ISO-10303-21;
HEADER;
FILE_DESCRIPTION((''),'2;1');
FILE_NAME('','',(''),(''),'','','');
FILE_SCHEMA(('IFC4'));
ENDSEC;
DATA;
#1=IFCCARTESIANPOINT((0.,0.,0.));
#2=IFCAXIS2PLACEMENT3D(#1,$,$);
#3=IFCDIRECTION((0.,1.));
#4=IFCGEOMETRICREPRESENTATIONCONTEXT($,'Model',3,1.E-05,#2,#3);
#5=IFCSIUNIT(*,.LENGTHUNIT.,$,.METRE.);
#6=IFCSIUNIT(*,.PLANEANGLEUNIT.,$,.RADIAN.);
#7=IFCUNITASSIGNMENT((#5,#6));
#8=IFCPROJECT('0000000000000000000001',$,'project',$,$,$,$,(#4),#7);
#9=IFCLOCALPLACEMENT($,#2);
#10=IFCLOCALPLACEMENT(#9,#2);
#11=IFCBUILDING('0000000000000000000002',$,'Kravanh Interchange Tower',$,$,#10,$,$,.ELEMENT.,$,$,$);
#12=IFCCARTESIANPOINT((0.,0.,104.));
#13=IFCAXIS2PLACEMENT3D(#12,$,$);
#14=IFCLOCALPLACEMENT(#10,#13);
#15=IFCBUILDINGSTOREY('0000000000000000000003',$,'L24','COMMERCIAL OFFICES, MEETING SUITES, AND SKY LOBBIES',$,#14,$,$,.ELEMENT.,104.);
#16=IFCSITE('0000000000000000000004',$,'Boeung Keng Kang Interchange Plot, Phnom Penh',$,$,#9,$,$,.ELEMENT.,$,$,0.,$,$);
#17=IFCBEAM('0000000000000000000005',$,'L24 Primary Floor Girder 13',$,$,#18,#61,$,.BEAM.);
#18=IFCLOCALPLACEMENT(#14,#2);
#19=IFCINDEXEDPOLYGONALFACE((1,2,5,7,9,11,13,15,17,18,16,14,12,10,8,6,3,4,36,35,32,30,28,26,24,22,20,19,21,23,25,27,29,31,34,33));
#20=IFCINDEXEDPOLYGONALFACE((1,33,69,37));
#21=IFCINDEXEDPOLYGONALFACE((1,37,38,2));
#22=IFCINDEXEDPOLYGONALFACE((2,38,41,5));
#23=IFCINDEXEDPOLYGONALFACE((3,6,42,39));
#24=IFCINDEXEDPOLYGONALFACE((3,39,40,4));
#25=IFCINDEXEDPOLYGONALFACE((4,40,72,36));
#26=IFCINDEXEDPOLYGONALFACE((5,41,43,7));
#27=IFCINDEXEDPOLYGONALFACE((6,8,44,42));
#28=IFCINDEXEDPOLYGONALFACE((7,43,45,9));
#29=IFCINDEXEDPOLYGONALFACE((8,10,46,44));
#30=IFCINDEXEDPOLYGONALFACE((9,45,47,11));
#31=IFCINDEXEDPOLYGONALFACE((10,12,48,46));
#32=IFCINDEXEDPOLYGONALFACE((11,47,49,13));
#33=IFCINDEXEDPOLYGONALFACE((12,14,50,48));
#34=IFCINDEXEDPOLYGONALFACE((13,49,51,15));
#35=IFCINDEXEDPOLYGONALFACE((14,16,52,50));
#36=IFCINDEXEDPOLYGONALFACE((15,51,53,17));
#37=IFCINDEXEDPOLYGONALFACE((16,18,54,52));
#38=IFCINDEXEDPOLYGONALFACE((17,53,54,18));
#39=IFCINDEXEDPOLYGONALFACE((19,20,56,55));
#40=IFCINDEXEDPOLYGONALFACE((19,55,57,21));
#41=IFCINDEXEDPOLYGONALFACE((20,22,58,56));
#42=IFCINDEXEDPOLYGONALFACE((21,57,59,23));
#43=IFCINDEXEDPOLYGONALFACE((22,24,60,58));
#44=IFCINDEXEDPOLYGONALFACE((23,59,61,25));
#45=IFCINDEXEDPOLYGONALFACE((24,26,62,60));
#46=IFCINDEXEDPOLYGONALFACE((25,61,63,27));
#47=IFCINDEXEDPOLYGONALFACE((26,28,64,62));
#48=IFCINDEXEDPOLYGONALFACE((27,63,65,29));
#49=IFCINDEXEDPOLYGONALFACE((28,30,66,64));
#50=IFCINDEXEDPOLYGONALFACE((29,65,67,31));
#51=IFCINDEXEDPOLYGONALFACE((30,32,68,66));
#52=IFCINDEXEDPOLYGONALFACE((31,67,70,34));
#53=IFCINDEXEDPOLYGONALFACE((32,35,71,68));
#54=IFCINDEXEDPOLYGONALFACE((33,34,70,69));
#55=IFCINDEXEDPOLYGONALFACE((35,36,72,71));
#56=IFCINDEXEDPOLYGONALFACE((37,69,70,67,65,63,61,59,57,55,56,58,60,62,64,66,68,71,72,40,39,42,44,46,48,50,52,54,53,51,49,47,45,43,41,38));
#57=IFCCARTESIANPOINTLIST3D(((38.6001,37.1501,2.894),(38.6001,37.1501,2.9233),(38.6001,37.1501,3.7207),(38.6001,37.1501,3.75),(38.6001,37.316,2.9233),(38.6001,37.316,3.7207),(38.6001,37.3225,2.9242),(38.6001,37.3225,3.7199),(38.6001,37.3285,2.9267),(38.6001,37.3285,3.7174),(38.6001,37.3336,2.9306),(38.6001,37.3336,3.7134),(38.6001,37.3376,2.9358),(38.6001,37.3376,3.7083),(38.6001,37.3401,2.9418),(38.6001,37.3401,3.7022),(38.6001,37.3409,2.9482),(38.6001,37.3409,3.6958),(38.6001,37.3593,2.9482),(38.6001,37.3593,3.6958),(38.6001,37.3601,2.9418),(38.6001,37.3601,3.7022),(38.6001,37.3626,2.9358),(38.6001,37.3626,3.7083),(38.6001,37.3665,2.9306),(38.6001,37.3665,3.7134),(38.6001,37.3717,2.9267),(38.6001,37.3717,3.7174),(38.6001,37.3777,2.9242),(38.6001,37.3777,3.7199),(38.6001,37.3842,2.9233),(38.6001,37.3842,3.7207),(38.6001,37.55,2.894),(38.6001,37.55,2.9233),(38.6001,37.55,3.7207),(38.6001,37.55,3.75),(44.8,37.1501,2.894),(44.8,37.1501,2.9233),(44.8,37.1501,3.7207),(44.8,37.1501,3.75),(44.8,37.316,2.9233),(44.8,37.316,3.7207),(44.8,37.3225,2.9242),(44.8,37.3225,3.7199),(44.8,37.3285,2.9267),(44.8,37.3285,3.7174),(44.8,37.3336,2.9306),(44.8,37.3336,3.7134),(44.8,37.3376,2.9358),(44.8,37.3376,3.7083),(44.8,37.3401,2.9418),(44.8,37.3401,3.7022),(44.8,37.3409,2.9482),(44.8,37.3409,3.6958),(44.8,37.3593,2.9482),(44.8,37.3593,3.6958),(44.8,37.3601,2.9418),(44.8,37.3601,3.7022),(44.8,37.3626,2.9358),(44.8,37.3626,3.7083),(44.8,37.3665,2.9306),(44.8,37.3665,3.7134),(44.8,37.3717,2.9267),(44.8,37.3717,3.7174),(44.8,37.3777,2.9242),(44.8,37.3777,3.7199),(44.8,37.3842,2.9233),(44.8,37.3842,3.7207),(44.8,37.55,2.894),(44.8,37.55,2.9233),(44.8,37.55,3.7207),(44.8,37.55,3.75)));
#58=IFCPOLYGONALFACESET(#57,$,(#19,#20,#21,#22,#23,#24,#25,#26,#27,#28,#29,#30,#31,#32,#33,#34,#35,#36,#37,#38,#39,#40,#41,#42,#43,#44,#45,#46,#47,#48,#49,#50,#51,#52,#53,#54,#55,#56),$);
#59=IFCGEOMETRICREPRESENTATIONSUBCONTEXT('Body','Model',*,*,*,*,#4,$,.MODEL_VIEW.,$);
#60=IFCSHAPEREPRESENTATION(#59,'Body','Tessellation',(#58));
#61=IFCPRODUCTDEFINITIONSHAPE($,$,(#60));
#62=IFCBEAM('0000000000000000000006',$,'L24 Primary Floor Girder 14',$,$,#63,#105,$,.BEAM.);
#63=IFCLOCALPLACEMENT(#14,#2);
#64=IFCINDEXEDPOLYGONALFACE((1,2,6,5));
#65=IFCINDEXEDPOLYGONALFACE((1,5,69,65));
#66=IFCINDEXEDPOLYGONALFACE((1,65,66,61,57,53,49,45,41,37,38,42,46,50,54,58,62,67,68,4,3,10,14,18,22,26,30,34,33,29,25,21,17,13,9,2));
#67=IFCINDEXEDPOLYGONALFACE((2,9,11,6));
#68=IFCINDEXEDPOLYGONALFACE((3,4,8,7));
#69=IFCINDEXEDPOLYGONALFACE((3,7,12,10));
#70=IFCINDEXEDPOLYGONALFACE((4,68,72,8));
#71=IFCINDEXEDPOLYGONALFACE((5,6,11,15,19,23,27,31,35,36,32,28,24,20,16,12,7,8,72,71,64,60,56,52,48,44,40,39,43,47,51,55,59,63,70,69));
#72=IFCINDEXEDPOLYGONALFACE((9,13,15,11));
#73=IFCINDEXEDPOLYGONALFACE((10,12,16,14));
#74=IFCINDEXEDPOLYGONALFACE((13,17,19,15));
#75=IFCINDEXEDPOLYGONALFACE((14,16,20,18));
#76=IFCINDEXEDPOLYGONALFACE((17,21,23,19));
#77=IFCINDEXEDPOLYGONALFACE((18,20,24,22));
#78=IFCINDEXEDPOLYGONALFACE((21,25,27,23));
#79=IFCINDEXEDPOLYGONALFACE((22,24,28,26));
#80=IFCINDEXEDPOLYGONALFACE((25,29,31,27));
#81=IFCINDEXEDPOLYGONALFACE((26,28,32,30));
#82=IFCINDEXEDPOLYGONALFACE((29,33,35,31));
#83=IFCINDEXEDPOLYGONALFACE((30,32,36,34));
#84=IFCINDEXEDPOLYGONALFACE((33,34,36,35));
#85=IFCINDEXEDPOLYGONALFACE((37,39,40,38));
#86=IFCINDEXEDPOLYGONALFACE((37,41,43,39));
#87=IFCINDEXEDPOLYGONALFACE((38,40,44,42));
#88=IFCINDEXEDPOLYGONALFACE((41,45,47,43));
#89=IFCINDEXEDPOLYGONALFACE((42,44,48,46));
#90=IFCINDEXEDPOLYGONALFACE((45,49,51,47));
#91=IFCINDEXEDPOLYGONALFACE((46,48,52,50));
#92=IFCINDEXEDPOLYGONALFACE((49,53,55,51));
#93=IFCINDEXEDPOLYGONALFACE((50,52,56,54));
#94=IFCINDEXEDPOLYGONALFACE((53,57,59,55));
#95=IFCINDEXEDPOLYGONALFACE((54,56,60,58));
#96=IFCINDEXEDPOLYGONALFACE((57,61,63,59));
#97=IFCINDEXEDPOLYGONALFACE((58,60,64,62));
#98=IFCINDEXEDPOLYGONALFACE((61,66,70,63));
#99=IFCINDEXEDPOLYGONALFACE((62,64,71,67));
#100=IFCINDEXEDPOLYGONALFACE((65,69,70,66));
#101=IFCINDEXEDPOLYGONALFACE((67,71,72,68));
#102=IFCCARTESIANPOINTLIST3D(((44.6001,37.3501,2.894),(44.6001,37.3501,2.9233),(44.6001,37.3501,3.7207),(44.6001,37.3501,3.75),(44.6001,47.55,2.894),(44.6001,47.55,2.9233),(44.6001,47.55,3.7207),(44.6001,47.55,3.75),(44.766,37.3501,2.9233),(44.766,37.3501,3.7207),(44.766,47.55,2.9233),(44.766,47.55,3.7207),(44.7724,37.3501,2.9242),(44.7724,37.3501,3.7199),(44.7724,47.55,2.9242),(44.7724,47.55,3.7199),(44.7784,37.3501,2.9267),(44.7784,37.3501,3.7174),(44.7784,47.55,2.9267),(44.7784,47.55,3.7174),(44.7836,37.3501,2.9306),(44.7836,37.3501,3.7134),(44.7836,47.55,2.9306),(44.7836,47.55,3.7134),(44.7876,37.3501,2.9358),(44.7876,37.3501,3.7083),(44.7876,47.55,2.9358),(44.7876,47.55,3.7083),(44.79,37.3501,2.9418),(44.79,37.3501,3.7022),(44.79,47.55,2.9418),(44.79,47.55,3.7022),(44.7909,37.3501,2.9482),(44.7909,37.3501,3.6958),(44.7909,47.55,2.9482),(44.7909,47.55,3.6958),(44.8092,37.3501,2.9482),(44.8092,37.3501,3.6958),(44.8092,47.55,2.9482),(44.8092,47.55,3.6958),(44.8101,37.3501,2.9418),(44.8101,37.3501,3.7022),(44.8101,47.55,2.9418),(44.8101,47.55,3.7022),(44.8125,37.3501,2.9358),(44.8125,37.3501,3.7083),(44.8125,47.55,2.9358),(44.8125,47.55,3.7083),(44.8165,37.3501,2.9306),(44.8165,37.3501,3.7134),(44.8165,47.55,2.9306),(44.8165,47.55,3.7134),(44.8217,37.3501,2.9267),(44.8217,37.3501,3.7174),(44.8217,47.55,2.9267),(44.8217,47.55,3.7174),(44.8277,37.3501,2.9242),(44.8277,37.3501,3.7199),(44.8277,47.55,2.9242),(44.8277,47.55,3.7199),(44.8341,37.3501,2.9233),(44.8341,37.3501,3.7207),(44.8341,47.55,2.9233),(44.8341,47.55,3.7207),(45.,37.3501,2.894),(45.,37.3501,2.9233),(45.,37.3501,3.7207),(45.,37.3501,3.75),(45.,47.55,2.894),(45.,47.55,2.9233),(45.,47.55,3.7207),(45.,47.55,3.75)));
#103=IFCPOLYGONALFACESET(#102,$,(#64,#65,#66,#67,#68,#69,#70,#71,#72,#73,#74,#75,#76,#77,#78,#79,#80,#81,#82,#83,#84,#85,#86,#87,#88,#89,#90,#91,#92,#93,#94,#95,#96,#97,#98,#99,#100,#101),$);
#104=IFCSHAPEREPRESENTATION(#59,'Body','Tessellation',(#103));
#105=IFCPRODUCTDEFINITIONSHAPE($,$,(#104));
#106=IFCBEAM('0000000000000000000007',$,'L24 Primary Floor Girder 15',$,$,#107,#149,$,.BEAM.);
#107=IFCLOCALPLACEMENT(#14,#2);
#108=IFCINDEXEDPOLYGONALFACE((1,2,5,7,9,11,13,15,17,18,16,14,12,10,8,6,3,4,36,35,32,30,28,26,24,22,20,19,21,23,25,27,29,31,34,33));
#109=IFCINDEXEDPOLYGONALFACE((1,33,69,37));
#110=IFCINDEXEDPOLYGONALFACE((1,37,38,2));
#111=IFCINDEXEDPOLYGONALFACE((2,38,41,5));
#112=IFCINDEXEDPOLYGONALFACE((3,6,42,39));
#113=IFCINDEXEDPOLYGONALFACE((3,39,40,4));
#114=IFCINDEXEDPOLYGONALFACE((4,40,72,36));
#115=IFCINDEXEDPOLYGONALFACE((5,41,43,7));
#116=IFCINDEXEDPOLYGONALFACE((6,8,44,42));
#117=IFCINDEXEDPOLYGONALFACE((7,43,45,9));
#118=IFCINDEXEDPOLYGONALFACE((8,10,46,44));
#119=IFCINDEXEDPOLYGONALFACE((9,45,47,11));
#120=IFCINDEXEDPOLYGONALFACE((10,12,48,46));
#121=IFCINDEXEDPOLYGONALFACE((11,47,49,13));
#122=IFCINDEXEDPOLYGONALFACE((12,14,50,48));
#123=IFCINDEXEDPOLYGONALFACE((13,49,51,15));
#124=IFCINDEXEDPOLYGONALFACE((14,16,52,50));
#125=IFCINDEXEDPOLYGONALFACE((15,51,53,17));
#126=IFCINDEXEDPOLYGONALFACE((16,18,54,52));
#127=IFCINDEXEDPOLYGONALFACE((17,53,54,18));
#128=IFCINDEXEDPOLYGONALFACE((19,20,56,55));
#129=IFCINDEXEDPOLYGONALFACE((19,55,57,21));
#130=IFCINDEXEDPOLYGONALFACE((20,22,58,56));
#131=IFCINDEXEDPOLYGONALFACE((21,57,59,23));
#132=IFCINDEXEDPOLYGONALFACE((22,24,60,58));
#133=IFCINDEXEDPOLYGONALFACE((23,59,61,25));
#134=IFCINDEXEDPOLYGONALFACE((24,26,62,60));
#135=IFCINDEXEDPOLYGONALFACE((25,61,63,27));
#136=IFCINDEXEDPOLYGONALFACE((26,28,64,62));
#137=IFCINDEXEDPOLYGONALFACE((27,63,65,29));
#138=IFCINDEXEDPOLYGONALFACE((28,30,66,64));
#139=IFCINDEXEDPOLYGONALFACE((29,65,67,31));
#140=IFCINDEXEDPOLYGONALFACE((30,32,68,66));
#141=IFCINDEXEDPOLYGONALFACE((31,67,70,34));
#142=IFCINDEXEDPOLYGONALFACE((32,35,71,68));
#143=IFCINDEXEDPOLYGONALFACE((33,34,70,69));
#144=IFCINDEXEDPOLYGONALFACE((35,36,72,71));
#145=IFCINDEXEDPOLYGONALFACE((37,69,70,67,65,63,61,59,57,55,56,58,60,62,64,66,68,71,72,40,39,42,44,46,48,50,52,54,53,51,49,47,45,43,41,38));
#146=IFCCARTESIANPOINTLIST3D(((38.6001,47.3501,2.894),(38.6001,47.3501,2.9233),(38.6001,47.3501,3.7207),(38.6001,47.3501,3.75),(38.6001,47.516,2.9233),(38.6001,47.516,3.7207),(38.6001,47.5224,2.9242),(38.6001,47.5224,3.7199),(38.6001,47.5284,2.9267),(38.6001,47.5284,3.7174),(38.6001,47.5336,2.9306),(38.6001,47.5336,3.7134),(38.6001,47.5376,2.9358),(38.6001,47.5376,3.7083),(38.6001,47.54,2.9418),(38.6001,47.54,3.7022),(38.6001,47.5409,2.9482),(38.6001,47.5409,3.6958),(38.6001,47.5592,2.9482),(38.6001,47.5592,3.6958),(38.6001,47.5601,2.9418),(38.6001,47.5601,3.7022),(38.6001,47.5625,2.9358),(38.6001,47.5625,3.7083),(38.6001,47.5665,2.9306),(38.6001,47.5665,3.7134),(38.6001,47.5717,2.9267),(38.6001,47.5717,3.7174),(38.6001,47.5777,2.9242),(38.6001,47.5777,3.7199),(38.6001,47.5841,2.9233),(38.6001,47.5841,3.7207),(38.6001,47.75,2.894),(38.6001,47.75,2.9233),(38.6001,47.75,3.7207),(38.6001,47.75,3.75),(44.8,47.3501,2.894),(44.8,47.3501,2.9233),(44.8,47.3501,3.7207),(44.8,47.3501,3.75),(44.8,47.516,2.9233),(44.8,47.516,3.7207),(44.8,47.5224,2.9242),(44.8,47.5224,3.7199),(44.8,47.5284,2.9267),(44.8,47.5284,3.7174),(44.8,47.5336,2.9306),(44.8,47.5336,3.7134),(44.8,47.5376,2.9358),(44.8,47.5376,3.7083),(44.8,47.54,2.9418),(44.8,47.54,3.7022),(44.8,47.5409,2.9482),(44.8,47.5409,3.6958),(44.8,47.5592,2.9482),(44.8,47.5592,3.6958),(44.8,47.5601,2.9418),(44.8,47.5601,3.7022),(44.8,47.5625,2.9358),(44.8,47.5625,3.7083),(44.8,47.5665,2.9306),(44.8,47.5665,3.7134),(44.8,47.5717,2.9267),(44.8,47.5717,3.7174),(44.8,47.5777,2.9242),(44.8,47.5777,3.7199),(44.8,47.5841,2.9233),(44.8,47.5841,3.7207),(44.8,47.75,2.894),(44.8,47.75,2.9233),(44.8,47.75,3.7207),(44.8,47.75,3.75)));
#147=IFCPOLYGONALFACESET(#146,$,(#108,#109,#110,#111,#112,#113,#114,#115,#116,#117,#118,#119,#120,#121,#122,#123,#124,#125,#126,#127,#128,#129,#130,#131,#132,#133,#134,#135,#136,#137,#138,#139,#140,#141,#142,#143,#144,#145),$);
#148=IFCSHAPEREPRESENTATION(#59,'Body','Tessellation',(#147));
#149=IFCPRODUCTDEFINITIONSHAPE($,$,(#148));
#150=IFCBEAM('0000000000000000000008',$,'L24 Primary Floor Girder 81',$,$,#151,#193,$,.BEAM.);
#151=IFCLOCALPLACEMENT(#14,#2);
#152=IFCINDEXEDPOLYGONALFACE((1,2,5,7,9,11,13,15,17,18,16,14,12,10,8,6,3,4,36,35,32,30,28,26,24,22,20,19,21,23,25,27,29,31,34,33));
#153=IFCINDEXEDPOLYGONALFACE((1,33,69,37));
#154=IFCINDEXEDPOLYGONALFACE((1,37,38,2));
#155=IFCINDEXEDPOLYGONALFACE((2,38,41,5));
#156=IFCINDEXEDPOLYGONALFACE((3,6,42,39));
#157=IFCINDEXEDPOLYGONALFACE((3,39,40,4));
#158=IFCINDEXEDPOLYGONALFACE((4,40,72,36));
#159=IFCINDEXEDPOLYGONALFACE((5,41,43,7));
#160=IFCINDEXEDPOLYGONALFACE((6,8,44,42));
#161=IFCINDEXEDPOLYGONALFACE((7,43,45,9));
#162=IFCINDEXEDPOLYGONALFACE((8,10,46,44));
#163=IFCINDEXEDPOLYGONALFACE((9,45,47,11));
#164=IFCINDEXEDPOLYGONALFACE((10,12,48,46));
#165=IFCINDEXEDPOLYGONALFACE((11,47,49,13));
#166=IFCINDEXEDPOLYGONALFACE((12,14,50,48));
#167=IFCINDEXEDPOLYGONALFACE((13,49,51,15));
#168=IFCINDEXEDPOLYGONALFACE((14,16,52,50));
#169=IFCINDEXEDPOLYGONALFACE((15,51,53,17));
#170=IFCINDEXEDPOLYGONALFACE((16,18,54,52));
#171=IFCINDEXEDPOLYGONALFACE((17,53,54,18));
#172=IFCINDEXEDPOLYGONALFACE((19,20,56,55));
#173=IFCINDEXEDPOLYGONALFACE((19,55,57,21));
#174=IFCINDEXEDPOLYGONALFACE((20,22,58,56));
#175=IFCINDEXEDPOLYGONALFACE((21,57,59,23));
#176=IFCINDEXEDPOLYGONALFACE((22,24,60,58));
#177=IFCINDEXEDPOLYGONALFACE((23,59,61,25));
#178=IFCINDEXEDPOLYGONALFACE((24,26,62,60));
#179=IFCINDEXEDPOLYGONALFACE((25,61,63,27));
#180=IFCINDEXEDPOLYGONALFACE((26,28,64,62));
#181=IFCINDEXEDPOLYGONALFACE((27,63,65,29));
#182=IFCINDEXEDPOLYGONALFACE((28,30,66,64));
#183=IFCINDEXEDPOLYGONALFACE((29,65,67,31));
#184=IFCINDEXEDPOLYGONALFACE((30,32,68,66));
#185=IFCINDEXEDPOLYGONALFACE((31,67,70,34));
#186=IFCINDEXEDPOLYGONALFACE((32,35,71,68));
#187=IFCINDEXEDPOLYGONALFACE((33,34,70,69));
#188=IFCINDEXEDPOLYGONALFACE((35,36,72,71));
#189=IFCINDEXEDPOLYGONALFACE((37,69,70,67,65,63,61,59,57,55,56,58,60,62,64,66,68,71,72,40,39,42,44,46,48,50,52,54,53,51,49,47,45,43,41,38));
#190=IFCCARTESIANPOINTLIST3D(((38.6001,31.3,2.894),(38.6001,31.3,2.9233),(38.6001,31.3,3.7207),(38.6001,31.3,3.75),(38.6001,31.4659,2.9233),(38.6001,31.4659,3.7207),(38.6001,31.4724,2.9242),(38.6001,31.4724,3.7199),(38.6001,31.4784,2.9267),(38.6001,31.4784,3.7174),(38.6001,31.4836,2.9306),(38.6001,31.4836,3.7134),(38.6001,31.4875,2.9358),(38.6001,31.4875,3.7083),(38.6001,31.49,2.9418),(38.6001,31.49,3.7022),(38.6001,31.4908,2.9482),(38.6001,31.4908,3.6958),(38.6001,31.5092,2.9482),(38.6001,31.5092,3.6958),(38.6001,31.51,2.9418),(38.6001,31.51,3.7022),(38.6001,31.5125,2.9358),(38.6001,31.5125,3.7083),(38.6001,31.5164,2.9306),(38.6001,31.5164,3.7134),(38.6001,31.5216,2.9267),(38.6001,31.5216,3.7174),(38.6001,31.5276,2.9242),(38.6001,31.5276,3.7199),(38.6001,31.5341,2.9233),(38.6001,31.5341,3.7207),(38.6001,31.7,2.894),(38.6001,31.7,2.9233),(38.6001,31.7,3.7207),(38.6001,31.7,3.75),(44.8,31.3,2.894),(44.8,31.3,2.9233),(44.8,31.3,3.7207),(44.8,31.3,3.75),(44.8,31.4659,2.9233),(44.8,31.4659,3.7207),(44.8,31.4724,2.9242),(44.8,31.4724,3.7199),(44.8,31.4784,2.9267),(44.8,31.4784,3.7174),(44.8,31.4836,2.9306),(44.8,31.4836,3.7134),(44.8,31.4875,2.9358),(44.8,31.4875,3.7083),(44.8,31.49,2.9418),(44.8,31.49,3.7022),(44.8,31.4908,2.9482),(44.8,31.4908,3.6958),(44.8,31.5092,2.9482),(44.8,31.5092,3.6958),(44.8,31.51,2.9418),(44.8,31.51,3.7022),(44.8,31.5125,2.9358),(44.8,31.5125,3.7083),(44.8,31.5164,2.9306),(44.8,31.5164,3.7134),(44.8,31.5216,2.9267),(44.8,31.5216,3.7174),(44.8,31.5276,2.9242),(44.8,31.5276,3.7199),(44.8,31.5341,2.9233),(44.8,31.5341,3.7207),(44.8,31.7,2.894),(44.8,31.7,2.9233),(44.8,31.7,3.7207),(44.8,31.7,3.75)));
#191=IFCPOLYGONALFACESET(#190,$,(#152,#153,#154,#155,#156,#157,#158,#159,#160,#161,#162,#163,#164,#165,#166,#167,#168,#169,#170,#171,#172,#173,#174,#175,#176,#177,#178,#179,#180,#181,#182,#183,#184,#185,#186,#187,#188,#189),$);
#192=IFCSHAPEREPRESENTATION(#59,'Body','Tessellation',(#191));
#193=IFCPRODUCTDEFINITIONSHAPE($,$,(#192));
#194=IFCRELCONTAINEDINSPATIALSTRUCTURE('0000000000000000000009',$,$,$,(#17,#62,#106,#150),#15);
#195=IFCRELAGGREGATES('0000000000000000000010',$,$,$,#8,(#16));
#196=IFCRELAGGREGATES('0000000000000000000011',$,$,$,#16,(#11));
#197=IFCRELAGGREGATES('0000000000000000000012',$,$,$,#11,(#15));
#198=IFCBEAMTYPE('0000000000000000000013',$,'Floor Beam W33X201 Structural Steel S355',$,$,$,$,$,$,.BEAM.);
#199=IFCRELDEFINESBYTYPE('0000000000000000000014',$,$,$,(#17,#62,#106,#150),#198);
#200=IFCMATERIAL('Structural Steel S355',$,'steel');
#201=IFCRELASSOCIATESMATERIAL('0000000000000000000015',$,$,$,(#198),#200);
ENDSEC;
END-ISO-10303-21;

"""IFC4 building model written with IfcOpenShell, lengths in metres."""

from ifc_helpers import new_model, si_unit, direction, frame, origin, origin_2d, place, context, subcontext, project, spatial, i_section, extrude, material, material_profile, profile_set, type_object, element, save


model = new_model("IFC4")

# Units and contexts
model_context = context("Model", 3, precision=1e-05, world=origin(), true_north=direction((0.0, 1.0)))
body_context = subcontext(model_context, "Body", "Model", "MODEL_VIEW")
ifc_project = project(units=[si_unit("LENGTHUNIT", "METRE"), si_unit("PLANEANGLEUNIT", "RADIAN")], contexts=[model_context])

# Site, building, storey
site_placement = place(None, origin())
site = spatial("IfcSite", under=ifc_project, at=site_placement, Name="Boeung Keng Kang Interchange Plot, Phnom Penh", CompositionType="ELEMENT", RefElevation=0.0)
building_placement = place(site_placement, origin())
building = spatial("IfcBuilding", under=site, at=building_placement, Name="Kravanh Interchange Tower", CompositionType="ELEMENT")
storey_placement = place(building_placement, frame((0.0, 0.0, 104.0)))
storey = spatial("IfcBuildingStorey", under=building, at=storey_placement, Name="L24", Description="COMMERCIAL OFFICES, MEETING SUITES, AND SKY LOBBIES", CompositionType="ELEMENT", Elevation=104.0)

# Beams
ifc_material_1 = material(Name="Structural Steel S355", Category="steel")
ifc_material_profile_1 = material_profile(ifc_material_1, i_section(OverallWidth=0.3999, OverallDepth=0.856, WebThickness=0.0183, FlangeThickness=0.0293, FilletRadius=0.0249, at=origin_2d()), Name="W33X201")
ifc_profile_set_1 = profile_set([ifc_material_profile_1], Name="Structural Steel S355")
beam_type_1 = type_object("IfcBeamType", Name="Floor Beam W33X201 Structural Steel S355", PredefinedType="BEAM", material=ifc_profile_set_1)
beam_1_placement = place(storey_placement, frame((44.8, 37.3501, 3.322), z_axis=(-1.0, 0.0, 0.0), x_axis=(0.0, -1.0, 0.0)))
element("IfcBeam", 1, at=beam_1_placement, inside=storey, type_object=beam_type_1, Name="L24 Primary Floor Girder 13", PredefinedType="BEAM", context=body_context, shape_type="SweptSolid", body=[
    extrude(i_section(OverallWidth=0.3999, OverallDepth=0.856, WebThickness=0.0183, FlangeThickness=0.0293, FilletRadius=0.0249, at=origin_2d()), origin(), (0.0, 0.0, 1.0), 6.2),
])
beam_2_placement = place(storey_placement, frame((44.8, 37.3501, 3.322), z_axis=(0.0, 1.0, 0.0), x_axis=(-1.0, 0.0, 0.0)))
element("IfcBeam", 2, at=beam_2_placement, inside=storey, type_object=beam_type_1, Name="L24 Primary Floor Girder 14", PredefinedType="BEAM", context=body_context, shape_type="SweptSolid", body=[
    extrude(i_section(OverallWidth=0.3999, OverallDepth=0.856, WebThickness=0.0183, FlangeThickness=0.0293, FilletRadius=0.0249, at=origin_2d()), origin(), (0.0, 0.0, 1.0), 10.2),
])
for number, where, z_axis, x_axis, name in (
    (3, (44.8, 47.55, 3.322), (-1.0, 0.0, 0.0), (0.0, -1.0, 0.0), "L24 Primary Floor Girder 15"),
    (4, (38.6001, 31.5, 3.322), (1.0, 0.0, 0.0), (0.0, 1.0, 0.0), "L24 Primary Floor Girder 81"),
):
    element("IfcBeam", number, at=place(storey_placement, frame(where, z_axis=z_axis, x_axis=x_axis)), inside=storey, type_object=beam_type_1, Name=name, PredefinedType="BEAM", context=body_context, shape_type="SweptSolid", body=[
        extrude(i_section(OverallWidth=0.3999, OverallDepth=0.856, WebThickness=0.0183, FlangeThickness=0.0293, FilletRadius=0.0249, at=origin_2d()), origin(), (0.0, 0.0, 1.0), 6.2),
    ])

save(model, "model.ifc")
